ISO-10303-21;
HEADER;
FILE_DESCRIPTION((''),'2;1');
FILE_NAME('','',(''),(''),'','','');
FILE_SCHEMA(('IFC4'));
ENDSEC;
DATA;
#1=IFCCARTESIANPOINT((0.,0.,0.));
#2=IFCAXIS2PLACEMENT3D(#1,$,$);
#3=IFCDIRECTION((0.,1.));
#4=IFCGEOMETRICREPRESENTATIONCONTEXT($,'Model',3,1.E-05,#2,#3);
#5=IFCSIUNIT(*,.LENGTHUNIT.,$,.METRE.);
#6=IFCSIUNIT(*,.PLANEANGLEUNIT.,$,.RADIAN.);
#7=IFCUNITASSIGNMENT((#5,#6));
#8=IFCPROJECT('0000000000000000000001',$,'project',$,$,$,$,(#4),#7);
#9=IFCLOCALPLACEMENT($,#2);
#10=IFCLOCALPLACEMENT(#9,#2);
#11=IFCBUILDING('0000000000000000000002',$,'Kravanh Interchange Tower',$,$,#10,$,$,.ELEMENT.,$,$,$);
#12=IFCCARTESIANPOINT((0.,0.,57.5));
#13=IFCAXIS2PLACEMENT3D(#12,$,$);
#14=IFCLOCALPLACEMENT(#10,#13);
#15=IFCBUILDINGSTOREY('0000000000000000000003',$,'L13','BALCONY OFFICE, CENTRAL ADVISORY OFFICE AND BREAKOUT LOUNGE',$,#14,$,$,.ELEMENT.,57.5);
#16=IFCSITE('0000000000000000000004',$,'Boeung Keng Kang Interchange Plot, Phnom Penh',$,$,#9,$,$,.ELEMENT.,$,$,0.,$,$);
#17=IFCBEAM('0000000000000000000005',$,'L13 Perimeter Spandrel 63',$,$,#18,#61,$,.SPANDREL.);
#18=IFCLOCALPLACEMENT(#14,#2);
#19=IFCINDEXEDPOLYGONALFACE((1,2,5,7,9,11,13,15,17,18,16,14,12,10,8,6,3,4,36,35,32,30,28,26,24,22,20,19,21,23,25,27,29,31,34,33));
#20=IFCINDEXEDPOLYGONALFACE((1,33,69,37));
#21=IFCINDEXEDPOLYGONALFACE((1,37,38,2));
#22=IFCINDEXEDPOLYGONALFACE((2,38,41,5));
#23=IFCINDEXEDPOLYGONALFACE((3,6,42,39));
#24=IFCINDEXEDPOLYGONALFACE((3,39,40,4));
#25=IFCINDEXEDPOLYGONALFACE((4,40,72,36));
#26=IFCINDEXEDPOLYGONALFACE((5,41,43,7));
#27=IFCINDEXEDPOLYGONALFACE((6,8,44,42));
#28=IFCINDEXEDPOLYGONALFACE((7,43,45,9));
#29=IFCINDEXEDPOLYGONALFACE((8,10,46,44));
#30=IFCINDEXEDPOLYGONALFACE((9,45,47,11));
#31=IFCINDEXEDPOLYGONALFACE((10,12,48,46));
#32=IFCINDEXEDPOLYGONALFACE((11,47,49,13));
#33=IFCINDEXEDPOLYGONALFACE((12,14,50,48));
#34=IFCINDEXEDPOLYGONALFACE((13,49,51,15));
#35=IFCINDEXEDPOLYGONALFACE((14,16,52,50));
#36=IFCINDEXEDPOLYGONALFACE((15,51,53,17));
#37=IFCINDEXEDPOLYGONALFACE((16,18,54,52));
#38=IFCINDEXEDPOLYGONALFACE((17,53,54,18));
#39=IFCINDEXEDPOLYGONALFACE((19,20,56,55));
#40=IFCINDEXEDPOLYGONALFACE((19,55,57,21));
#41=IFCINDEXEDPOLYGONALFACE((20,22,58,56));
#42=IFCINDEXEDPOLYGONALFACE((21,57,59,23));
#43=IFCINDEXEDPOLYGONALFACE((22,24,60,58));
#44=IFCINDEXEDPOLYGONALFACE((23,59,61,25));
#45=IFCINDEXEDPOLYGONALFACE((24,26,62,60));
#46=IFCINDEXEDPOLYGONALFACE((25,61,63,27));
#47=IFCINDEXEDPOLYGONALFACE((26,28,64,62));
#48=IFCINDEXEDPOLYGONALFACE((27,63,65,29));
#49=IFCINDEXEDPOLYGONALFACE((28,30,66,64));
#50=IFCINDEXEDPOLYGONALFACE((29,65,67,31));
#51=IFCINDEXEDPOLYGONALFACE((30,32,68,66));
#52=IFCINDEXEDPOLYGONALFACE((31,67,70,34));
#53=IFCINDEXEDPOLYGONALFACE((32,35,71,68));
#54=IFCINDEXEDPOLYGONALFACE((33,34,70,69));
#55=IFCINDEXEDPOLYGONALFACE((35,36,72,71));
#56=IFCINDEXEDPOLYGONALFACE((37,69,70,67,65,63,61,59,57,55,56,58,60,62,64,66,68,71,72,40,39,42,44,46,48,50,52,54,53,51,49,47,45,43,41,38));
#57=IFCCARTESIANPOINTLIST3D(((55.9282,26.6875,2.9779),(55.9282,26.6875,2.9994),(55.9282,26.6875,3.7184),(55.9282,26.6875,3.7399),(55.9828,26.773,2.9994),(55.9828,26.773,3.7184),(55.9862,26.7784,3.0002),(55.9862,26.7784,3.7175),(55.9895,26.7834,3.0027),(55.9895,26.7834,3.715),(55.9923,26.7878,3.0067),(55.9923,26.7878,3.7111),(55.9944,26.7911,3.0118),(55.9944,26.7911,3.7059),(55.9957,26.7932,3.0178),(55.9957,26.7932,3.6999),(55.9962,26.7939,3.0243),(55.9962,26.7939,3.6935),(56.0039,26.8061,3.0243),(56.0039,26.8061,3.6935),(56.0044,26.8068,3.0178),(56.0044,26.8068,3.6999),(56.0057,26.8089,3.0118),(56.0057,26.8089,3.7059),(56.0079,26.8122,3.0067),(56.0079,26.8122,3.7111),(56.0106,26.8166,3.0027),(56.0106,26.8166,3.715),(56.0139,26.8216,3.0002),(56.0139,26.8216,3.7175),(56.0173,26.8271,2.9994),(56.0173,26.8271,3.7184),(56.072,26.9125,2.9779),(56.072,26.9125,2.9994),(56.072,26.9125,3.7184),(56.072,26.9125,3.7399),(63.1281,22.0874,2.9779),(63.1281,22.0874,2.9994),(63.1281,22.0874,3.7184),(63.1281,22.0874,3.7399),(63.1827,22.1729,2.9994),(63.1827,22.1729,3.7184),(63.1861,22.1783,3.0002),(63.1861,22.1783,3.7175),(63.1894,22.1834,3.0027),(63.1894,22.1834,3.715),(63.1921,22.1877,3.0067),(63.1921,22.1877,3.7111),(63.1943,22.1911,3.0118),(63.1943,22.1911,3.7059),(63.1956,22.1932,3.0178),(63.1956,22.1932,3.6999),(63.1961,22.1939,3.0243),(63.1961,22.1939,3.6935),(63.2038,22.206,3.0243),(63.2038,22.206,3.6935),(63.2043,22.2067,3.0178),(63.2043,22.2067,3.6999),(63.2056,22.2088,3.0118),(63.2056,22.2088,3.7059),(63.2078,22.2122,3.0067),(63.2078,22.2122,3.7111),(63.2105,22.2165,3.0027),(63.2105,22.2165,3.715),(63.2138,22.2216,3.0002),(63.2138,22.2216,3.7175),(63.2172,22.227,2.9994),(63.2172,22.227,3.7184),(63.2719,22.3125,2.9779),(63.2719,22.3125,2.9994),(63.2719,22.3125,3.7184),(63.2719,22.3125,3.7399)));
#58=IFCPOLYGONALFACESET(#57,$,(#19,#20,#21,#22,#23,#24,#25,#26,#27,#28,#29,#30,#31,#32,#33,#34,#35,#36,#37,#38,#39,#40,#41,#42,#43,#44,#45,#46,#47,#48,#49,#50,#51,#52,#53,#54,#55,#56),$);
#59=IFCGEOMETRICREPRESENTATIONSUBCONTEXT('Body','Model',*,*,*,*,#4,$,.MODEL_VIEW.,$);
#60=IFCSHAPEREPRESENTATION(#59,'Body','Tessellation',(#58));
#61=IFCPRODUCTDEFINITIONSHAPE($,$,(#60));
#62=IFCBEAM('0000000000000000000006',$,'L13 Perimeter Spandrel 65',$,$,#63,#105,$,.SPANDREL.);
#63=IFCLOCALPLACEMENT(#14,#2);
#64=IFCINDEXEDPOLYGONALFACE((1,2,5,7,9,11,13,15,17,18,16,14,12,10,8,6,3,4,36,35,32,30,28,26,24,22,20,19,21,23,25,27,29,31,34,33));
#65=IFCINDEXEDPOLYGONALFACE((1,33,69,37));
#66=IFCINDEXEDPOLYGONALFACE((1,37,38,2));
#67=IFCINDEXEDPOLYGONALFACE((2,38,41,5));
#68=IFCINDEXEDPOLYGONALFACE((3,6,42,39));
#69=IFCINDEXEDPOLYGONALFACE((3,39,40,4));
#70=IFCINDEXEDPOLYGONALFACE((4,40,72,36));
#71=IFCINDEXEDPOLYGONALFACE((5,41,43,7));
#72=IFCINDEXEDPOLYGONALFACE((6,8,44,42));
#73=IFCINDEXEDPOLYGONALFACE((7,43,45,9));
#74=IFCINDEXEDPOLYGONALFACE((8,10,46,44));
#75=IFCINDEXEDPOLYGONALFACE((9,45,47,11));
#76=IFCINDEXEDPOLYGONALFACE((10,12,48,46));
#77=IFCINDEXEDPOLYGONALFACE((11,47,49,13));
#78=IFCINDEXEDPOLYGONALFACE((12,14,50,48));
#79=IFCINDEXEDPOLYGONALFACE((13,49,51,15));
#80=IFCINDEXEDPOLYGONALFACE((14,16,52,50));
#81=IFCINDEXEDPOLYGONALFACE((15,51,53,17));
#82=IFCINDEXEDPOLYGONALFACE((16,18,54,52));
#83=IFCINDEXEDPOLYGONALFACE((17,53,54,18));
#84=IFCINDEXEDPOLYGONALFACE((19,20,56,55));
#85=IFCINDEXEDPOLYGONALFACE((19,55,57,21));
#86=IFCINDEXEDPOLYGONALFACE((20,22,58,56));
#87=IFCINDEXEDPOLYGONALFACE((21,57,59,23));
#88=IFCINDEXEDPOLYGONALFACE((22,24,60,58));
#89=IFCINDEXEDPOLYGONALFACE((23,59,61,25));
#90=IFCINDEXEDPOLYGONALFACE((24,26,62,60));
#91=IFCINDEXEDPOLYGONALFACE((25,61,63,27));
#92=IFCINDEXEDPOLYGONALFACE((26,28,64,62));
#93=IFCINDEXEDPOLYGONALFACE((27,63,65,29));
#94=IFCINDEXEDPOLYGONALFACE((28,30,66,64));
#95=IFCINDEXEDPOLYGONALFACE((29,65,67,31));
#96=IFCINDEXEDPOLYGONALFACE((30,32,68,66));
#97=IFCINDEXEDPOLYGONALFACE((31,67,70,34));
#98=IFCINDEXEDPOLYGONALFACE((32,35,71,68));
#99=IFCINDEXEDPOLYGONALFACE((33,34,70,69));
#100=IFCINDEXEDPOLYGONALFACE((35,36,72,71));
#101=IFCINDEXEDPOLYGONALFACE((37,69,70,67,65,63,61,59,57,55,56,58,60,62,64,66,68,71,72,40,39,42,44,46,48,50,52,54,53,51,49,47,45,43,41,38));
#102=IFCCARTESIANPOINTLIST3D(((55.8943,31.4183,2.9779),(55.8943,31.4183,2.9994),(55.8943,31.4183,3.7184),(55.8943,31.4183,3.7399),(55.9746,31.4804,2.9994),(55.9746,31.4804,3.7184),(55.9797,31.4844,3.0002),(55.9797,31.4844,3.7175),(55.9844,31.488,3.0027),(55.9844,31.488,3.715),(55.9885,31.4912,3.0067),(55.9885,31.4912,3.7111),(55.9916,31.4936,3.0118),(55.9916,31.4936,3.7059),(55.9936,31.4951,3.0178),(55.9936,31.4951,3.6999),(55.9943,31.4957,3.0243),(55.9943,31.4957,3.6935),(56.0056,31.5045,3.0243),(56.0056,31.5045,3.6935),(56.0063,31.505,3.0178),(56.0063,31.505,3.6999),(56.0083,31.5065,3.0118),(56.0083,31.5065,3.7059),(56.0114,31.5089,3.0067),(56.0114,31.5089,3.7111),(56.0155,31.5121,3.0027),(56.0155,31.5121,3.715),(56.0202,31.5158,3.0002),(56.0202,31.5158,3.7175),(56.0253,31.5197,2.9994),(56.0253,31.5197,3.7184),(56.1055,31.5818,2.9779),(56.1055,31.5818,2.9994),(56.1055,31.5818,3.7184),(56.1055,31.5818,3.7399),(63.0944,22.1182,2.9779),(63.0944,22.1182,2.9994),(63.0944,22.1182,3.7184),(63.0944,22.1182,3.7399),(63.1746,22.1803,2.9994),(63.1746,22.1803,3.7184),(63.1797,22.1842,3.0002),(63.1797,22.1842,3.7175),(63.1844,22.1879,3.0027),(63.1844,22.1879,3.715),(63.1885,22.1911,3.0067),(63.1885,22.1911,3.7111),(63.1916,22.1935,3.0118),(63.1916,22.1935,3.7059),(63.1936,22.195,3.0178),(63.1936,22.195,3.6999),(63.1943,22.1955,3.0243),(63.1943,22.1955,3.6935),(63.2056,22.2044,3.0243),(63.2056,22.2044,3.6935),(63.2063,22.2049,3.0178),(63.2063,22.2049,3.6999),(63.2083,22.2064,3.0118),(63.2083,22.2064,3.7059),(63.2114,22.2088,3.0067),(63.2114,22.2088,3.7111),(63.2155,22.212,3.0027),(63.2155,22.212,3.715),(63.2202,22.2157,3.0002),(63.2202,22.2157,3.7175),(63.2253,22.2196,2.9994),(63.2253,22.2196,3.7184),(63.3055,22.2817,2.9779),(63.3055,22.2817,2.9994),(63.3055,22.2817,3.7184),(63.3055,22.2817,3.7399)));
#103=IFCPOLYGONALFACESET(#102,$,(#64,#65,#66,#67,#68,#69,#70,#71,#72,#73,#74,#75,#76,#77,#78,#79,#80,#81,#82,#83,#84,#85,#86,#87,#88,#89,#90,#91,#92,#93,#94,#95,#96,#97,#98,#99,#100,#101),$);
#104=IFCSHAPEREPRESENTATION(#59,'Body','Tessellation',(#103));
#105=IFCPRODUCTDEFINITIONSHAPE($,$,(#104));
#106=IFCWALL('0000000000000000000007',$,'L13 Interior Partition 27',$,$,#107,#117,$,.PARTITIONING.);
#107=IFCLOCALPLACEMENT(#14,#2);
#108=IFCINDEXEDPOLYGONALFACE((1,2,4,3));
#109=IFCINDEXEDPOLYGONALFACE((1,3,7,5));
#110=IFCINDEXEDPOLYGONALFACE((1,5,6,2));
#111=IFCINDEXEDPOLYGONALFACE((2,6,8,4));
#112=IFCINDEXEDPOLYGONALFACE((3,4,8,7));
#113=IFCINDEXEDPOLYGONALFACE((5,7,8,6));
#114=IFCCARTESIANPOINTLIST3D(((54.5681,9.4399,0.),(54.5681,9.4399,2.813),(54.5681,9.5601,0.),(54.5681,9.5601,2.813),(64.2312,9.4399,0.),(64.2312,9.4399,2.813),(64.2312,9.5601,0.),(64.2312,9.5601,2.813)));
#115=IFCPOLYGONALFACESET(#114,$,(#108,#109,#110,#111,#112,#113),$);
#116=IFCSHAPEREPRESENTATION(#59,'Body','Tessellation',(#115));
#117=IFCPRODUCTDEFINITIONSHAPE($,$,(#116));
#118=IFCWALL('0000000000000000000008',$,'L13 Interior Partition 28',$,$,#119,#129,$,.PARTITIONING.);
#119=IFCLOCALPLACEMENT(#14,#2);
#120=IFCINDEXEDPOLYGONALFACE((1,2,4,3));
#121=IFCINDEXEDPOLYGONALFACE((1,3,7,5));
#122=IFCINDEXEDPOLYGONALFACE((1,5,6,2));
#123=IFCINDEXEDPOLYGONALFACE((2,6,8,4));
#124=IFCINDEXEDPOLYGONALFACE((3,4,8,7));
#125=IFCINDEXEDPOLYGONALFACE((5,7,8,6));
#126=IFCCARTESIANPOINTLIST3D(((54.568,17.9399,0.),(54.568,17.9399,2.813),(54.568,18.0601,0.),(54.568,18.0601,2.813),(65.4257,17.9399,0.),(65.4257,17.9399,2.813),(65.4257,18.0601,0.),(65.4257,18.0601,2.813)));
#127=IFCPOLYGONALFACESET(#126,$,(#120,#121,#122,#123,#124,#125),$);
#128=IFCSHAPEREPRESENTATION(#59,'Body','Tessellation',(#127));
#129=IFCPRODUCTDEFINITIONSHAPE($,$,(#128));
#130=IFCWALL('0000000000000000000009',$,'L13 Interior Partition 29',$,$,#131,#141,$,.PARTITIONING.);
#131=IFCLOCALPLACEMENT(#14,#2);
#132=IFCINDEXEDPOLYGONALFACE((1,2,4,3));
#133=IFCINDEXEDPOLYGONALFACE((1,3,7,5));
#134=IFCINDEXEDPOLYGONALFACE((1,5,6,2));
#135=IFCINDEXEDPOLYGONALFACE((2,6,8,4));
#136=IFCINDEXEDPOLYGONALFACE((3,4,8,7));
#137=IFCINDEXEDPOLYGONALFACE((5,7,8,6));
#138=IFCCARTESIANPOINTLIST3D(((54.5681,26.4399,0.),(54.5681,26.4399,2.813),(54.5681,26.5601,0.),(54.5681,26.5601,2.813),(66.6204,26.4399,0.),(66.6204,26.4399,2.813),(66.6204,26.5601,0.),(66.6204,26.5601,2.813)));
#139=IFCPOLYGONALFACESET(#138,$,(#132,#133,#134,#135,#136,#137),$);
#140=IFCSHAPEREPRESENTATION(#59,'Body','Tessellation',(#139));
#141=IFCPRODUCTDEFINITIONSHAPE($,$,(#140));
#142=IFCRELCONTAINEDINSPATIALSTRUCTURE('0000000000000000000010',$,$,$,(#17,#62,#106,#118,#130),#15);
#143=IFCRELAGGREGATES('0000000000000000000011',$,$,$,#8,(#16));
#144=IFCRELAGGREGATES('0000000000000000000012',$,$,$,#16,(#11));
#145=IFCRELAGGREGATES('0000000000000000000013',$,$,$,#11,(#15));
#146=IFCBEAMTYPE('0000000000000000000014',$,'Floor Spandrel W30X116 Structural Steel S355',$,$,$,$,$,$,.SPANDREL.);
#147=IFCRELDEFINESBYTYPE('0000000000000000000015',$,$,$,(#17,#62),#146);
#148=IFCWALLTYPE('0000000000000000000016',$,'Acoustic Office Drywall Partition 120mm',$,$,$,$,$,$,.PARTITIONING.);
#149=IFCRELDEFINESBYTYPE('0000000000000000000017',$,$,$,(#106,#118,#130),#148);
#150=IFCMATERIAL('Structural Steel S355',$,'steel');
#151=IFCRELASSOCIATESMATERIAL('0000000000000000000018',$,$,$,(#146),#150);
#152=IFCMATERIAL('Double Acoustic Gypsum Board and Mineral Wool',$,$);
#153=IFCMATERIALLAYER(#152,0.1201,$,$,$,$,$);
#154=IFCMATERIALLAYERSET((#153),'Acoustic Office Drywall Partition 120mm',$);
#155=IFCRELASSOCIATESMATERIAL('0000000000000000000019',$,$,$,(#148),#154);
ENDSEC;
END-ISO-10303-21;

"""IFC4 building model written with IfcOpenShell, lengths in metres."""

from ifc_helpers import new_model, si_unit, direction, frame, frame_2d, origin, origin_2d, place, context, subcontext, project, spatial, rectangle, i_section, extrude, material, layer, layer_set, material_profile, profile_set, type_object, element, save


model = new_model("IFC4")

# Units and contexts
model_context = context("Model", 3, precision=1e-05, world=origin(), true_north=direction((0.0, 1.0)))
body_context = subcontext(model_context, "Body", "Model", "MODEL_VIEW")
ifc_project = project(units=[si_unit("LENGTHUNIT", "METRE"), si_unit("PLANEANGLEUNIT", "RADIAN")], contexts=[model_context])

# Site, building, storey
site_placement = place(None, origin())
site = spatial("IfcSite", under=ifc_project, at=site_placement, Name="Boeung Keng Kang Interchange Plot, Phnom Penh", CompositionType="ELEMENT", RefElevation=0.0)
building_placement = place(site_placement, origin())
building = spatial("IfcBuilding", under=site, at=building_placement, Name="Kravanh Interchange Tower", CompositionType="ELEMENT")
storey_placement = place(building_placement, frame((0.0, 0.0, 57.5)))
storey = spatial("IfcBuildingStorey", under=building, at=storey_placement, Name="L13", Description="BALCONY OFFICE, CENTRAL ADVISORY OFFICE AND BREAKOUT LOUNGE", CompositionType="ELEMENT", Elevation=57.5)

# Beams
ifc_material_1 = material(Name="Structural Steel S355", Category="steel")
ifc_material_profile_1 = material_profile(ifc_material_1, i_section(OverallWidth=0.2671, OverallDepth=0.762, WebThickness=0.0144, FlangeThickness=0.0215, FilletRadius=0.0249, at=origin_2d()), Name="W30X116")
ifc_profile_set_1 = profile_set([ifc_material_profile_1], Name="Structural Steel S355")
beam_type_1 = type_object("IfcBeamType", Name="Floor Spandrel W30X116 Structural Steel S355", PredefinedType="SPANDREL", material=ifc_profile_set_1)
beam_1_placement = place(storey_placement, frame((63.2, 22.2, 3.3589), z_axis=(-0.842689, 0.5384, 0.0), x_axis=(-0.5384, -0.842689, 0.0)))
element("IfcBeam", 1, at=beam_1_placement, inside=storey, type_object=beam_type_1, Name="L13 Perimeter Spandrel 63", PredefinedType="SPANDREL", context=body_context, shape_type="SweptSolid", body=[
    extrude(i_section(OverallWidth=0.2671, OverallDepth=0.762, WebThickness=0.0144, FlangeThickness=0.0215, FilletRadius=0.0249, at=origin_2d()), origin(), (0.0, 0.0, 1.0), 8.5439),
])
beam_2_placement = place(storey_placement, frame((63.2, 22.2, 3.3589), z_axis=(-0.612169, 0.790727, 0.0), x_axis=(-0.790727, -0.612169, 0.0)))
element("IfcBeam", 2, at=beam_2_placement, inside=storey, type_object=beam_type_1, Name="L13 Perimeter Spandrel 65", PredefinedType="SPANDREL", context=body_context, shape_type="SweptSolid", body=[
    extrude(i_section(OverallWidth=0.2671, OverallDepth=0.762, WebThickness=0.0144, FlangeThickness=0.0215, FilletRadius=0.0249, at=origin_2d()), origin(), (0.0, 0.0, 1.0), 11.7615),
])

# Walls
ifc_material_2 = material(Name="Double Acoustic Gypsum Board and Mineral Wool")
ifc_layer_1 = layer(ifc_material_2, 0.1201)
ifc_layer_set_1 = layer_set([ifc_layer_1], Name="Acoustic Office Drywall Partition 120mm")
wall_type = type_object("IfcWallType", Name="Acoustic Office Drywall Partition 120mm", PredefinedType="PARTITIONING", material=ifc_layer_set_1)
wall_1_placement = place(storey_placement, frame((54.5681, 9.5, 0.0), z_axis=(0.0, 0.0, 1.0), x_axis=(1.0, 0.0, 0.0)))
element("IfcWall", 3, at=wall_1_placement, inside=storey, type_object=wall_type, Name="L13 Interior Partition 27", PredefinedType="PARTITIONING", context=body_context, shape_type="SweptSolid", body=[
    extrude(rectangle(XDim=9.6631, YDim=0.1201, at=frame_2d((4.8315, 0.0))), origin(), (0.0, 0.0, 1.0), 2.813),
])
wall_2_placement = place(storey_placement, frame((54.5681, 18.0, 0.0), z_axis=(0.0, 0.0, 1.0), x_axis=(1.0, 0.0, 0.0)))
element("IfcWall", 4, at=wall_2_placement, inside=storey, type_object=wall_type, Name="L13 Interior Partition 28", PredefinedType="PARTITIONING", context=body_context, shape_type="SweptSolid", body=[
    extrude(rectangle(XDim=10.8577, YDim=0.1201, at=frame_2d((5.4287, 0.0))), origin(), (0.0, 0.0, 1.0), 2.813),
])
wall_3_placement = place(storey_placement, frame((54.5681, 26.5, 0.0), z_axis=(0.0, 0.0, 1.0), x_axis=(1.0, 0.0, 0.0)))
element("IfcWall", 5, at=wall_3_placement, inside=storey, type_object=wall_type, Name="L13 Interior Partition 29", PredefinedType="PARTITIONING", context=body_context, shape_type="SweptSolid", body=[
    extrude(rectangle(XDim=12.0522, YDim=0.1201, at=frame_2d((6.0261, 0.0))), origin(), (0.0, 0.0, 1.0), 2.813),
])

save(model, "model.ifc")
